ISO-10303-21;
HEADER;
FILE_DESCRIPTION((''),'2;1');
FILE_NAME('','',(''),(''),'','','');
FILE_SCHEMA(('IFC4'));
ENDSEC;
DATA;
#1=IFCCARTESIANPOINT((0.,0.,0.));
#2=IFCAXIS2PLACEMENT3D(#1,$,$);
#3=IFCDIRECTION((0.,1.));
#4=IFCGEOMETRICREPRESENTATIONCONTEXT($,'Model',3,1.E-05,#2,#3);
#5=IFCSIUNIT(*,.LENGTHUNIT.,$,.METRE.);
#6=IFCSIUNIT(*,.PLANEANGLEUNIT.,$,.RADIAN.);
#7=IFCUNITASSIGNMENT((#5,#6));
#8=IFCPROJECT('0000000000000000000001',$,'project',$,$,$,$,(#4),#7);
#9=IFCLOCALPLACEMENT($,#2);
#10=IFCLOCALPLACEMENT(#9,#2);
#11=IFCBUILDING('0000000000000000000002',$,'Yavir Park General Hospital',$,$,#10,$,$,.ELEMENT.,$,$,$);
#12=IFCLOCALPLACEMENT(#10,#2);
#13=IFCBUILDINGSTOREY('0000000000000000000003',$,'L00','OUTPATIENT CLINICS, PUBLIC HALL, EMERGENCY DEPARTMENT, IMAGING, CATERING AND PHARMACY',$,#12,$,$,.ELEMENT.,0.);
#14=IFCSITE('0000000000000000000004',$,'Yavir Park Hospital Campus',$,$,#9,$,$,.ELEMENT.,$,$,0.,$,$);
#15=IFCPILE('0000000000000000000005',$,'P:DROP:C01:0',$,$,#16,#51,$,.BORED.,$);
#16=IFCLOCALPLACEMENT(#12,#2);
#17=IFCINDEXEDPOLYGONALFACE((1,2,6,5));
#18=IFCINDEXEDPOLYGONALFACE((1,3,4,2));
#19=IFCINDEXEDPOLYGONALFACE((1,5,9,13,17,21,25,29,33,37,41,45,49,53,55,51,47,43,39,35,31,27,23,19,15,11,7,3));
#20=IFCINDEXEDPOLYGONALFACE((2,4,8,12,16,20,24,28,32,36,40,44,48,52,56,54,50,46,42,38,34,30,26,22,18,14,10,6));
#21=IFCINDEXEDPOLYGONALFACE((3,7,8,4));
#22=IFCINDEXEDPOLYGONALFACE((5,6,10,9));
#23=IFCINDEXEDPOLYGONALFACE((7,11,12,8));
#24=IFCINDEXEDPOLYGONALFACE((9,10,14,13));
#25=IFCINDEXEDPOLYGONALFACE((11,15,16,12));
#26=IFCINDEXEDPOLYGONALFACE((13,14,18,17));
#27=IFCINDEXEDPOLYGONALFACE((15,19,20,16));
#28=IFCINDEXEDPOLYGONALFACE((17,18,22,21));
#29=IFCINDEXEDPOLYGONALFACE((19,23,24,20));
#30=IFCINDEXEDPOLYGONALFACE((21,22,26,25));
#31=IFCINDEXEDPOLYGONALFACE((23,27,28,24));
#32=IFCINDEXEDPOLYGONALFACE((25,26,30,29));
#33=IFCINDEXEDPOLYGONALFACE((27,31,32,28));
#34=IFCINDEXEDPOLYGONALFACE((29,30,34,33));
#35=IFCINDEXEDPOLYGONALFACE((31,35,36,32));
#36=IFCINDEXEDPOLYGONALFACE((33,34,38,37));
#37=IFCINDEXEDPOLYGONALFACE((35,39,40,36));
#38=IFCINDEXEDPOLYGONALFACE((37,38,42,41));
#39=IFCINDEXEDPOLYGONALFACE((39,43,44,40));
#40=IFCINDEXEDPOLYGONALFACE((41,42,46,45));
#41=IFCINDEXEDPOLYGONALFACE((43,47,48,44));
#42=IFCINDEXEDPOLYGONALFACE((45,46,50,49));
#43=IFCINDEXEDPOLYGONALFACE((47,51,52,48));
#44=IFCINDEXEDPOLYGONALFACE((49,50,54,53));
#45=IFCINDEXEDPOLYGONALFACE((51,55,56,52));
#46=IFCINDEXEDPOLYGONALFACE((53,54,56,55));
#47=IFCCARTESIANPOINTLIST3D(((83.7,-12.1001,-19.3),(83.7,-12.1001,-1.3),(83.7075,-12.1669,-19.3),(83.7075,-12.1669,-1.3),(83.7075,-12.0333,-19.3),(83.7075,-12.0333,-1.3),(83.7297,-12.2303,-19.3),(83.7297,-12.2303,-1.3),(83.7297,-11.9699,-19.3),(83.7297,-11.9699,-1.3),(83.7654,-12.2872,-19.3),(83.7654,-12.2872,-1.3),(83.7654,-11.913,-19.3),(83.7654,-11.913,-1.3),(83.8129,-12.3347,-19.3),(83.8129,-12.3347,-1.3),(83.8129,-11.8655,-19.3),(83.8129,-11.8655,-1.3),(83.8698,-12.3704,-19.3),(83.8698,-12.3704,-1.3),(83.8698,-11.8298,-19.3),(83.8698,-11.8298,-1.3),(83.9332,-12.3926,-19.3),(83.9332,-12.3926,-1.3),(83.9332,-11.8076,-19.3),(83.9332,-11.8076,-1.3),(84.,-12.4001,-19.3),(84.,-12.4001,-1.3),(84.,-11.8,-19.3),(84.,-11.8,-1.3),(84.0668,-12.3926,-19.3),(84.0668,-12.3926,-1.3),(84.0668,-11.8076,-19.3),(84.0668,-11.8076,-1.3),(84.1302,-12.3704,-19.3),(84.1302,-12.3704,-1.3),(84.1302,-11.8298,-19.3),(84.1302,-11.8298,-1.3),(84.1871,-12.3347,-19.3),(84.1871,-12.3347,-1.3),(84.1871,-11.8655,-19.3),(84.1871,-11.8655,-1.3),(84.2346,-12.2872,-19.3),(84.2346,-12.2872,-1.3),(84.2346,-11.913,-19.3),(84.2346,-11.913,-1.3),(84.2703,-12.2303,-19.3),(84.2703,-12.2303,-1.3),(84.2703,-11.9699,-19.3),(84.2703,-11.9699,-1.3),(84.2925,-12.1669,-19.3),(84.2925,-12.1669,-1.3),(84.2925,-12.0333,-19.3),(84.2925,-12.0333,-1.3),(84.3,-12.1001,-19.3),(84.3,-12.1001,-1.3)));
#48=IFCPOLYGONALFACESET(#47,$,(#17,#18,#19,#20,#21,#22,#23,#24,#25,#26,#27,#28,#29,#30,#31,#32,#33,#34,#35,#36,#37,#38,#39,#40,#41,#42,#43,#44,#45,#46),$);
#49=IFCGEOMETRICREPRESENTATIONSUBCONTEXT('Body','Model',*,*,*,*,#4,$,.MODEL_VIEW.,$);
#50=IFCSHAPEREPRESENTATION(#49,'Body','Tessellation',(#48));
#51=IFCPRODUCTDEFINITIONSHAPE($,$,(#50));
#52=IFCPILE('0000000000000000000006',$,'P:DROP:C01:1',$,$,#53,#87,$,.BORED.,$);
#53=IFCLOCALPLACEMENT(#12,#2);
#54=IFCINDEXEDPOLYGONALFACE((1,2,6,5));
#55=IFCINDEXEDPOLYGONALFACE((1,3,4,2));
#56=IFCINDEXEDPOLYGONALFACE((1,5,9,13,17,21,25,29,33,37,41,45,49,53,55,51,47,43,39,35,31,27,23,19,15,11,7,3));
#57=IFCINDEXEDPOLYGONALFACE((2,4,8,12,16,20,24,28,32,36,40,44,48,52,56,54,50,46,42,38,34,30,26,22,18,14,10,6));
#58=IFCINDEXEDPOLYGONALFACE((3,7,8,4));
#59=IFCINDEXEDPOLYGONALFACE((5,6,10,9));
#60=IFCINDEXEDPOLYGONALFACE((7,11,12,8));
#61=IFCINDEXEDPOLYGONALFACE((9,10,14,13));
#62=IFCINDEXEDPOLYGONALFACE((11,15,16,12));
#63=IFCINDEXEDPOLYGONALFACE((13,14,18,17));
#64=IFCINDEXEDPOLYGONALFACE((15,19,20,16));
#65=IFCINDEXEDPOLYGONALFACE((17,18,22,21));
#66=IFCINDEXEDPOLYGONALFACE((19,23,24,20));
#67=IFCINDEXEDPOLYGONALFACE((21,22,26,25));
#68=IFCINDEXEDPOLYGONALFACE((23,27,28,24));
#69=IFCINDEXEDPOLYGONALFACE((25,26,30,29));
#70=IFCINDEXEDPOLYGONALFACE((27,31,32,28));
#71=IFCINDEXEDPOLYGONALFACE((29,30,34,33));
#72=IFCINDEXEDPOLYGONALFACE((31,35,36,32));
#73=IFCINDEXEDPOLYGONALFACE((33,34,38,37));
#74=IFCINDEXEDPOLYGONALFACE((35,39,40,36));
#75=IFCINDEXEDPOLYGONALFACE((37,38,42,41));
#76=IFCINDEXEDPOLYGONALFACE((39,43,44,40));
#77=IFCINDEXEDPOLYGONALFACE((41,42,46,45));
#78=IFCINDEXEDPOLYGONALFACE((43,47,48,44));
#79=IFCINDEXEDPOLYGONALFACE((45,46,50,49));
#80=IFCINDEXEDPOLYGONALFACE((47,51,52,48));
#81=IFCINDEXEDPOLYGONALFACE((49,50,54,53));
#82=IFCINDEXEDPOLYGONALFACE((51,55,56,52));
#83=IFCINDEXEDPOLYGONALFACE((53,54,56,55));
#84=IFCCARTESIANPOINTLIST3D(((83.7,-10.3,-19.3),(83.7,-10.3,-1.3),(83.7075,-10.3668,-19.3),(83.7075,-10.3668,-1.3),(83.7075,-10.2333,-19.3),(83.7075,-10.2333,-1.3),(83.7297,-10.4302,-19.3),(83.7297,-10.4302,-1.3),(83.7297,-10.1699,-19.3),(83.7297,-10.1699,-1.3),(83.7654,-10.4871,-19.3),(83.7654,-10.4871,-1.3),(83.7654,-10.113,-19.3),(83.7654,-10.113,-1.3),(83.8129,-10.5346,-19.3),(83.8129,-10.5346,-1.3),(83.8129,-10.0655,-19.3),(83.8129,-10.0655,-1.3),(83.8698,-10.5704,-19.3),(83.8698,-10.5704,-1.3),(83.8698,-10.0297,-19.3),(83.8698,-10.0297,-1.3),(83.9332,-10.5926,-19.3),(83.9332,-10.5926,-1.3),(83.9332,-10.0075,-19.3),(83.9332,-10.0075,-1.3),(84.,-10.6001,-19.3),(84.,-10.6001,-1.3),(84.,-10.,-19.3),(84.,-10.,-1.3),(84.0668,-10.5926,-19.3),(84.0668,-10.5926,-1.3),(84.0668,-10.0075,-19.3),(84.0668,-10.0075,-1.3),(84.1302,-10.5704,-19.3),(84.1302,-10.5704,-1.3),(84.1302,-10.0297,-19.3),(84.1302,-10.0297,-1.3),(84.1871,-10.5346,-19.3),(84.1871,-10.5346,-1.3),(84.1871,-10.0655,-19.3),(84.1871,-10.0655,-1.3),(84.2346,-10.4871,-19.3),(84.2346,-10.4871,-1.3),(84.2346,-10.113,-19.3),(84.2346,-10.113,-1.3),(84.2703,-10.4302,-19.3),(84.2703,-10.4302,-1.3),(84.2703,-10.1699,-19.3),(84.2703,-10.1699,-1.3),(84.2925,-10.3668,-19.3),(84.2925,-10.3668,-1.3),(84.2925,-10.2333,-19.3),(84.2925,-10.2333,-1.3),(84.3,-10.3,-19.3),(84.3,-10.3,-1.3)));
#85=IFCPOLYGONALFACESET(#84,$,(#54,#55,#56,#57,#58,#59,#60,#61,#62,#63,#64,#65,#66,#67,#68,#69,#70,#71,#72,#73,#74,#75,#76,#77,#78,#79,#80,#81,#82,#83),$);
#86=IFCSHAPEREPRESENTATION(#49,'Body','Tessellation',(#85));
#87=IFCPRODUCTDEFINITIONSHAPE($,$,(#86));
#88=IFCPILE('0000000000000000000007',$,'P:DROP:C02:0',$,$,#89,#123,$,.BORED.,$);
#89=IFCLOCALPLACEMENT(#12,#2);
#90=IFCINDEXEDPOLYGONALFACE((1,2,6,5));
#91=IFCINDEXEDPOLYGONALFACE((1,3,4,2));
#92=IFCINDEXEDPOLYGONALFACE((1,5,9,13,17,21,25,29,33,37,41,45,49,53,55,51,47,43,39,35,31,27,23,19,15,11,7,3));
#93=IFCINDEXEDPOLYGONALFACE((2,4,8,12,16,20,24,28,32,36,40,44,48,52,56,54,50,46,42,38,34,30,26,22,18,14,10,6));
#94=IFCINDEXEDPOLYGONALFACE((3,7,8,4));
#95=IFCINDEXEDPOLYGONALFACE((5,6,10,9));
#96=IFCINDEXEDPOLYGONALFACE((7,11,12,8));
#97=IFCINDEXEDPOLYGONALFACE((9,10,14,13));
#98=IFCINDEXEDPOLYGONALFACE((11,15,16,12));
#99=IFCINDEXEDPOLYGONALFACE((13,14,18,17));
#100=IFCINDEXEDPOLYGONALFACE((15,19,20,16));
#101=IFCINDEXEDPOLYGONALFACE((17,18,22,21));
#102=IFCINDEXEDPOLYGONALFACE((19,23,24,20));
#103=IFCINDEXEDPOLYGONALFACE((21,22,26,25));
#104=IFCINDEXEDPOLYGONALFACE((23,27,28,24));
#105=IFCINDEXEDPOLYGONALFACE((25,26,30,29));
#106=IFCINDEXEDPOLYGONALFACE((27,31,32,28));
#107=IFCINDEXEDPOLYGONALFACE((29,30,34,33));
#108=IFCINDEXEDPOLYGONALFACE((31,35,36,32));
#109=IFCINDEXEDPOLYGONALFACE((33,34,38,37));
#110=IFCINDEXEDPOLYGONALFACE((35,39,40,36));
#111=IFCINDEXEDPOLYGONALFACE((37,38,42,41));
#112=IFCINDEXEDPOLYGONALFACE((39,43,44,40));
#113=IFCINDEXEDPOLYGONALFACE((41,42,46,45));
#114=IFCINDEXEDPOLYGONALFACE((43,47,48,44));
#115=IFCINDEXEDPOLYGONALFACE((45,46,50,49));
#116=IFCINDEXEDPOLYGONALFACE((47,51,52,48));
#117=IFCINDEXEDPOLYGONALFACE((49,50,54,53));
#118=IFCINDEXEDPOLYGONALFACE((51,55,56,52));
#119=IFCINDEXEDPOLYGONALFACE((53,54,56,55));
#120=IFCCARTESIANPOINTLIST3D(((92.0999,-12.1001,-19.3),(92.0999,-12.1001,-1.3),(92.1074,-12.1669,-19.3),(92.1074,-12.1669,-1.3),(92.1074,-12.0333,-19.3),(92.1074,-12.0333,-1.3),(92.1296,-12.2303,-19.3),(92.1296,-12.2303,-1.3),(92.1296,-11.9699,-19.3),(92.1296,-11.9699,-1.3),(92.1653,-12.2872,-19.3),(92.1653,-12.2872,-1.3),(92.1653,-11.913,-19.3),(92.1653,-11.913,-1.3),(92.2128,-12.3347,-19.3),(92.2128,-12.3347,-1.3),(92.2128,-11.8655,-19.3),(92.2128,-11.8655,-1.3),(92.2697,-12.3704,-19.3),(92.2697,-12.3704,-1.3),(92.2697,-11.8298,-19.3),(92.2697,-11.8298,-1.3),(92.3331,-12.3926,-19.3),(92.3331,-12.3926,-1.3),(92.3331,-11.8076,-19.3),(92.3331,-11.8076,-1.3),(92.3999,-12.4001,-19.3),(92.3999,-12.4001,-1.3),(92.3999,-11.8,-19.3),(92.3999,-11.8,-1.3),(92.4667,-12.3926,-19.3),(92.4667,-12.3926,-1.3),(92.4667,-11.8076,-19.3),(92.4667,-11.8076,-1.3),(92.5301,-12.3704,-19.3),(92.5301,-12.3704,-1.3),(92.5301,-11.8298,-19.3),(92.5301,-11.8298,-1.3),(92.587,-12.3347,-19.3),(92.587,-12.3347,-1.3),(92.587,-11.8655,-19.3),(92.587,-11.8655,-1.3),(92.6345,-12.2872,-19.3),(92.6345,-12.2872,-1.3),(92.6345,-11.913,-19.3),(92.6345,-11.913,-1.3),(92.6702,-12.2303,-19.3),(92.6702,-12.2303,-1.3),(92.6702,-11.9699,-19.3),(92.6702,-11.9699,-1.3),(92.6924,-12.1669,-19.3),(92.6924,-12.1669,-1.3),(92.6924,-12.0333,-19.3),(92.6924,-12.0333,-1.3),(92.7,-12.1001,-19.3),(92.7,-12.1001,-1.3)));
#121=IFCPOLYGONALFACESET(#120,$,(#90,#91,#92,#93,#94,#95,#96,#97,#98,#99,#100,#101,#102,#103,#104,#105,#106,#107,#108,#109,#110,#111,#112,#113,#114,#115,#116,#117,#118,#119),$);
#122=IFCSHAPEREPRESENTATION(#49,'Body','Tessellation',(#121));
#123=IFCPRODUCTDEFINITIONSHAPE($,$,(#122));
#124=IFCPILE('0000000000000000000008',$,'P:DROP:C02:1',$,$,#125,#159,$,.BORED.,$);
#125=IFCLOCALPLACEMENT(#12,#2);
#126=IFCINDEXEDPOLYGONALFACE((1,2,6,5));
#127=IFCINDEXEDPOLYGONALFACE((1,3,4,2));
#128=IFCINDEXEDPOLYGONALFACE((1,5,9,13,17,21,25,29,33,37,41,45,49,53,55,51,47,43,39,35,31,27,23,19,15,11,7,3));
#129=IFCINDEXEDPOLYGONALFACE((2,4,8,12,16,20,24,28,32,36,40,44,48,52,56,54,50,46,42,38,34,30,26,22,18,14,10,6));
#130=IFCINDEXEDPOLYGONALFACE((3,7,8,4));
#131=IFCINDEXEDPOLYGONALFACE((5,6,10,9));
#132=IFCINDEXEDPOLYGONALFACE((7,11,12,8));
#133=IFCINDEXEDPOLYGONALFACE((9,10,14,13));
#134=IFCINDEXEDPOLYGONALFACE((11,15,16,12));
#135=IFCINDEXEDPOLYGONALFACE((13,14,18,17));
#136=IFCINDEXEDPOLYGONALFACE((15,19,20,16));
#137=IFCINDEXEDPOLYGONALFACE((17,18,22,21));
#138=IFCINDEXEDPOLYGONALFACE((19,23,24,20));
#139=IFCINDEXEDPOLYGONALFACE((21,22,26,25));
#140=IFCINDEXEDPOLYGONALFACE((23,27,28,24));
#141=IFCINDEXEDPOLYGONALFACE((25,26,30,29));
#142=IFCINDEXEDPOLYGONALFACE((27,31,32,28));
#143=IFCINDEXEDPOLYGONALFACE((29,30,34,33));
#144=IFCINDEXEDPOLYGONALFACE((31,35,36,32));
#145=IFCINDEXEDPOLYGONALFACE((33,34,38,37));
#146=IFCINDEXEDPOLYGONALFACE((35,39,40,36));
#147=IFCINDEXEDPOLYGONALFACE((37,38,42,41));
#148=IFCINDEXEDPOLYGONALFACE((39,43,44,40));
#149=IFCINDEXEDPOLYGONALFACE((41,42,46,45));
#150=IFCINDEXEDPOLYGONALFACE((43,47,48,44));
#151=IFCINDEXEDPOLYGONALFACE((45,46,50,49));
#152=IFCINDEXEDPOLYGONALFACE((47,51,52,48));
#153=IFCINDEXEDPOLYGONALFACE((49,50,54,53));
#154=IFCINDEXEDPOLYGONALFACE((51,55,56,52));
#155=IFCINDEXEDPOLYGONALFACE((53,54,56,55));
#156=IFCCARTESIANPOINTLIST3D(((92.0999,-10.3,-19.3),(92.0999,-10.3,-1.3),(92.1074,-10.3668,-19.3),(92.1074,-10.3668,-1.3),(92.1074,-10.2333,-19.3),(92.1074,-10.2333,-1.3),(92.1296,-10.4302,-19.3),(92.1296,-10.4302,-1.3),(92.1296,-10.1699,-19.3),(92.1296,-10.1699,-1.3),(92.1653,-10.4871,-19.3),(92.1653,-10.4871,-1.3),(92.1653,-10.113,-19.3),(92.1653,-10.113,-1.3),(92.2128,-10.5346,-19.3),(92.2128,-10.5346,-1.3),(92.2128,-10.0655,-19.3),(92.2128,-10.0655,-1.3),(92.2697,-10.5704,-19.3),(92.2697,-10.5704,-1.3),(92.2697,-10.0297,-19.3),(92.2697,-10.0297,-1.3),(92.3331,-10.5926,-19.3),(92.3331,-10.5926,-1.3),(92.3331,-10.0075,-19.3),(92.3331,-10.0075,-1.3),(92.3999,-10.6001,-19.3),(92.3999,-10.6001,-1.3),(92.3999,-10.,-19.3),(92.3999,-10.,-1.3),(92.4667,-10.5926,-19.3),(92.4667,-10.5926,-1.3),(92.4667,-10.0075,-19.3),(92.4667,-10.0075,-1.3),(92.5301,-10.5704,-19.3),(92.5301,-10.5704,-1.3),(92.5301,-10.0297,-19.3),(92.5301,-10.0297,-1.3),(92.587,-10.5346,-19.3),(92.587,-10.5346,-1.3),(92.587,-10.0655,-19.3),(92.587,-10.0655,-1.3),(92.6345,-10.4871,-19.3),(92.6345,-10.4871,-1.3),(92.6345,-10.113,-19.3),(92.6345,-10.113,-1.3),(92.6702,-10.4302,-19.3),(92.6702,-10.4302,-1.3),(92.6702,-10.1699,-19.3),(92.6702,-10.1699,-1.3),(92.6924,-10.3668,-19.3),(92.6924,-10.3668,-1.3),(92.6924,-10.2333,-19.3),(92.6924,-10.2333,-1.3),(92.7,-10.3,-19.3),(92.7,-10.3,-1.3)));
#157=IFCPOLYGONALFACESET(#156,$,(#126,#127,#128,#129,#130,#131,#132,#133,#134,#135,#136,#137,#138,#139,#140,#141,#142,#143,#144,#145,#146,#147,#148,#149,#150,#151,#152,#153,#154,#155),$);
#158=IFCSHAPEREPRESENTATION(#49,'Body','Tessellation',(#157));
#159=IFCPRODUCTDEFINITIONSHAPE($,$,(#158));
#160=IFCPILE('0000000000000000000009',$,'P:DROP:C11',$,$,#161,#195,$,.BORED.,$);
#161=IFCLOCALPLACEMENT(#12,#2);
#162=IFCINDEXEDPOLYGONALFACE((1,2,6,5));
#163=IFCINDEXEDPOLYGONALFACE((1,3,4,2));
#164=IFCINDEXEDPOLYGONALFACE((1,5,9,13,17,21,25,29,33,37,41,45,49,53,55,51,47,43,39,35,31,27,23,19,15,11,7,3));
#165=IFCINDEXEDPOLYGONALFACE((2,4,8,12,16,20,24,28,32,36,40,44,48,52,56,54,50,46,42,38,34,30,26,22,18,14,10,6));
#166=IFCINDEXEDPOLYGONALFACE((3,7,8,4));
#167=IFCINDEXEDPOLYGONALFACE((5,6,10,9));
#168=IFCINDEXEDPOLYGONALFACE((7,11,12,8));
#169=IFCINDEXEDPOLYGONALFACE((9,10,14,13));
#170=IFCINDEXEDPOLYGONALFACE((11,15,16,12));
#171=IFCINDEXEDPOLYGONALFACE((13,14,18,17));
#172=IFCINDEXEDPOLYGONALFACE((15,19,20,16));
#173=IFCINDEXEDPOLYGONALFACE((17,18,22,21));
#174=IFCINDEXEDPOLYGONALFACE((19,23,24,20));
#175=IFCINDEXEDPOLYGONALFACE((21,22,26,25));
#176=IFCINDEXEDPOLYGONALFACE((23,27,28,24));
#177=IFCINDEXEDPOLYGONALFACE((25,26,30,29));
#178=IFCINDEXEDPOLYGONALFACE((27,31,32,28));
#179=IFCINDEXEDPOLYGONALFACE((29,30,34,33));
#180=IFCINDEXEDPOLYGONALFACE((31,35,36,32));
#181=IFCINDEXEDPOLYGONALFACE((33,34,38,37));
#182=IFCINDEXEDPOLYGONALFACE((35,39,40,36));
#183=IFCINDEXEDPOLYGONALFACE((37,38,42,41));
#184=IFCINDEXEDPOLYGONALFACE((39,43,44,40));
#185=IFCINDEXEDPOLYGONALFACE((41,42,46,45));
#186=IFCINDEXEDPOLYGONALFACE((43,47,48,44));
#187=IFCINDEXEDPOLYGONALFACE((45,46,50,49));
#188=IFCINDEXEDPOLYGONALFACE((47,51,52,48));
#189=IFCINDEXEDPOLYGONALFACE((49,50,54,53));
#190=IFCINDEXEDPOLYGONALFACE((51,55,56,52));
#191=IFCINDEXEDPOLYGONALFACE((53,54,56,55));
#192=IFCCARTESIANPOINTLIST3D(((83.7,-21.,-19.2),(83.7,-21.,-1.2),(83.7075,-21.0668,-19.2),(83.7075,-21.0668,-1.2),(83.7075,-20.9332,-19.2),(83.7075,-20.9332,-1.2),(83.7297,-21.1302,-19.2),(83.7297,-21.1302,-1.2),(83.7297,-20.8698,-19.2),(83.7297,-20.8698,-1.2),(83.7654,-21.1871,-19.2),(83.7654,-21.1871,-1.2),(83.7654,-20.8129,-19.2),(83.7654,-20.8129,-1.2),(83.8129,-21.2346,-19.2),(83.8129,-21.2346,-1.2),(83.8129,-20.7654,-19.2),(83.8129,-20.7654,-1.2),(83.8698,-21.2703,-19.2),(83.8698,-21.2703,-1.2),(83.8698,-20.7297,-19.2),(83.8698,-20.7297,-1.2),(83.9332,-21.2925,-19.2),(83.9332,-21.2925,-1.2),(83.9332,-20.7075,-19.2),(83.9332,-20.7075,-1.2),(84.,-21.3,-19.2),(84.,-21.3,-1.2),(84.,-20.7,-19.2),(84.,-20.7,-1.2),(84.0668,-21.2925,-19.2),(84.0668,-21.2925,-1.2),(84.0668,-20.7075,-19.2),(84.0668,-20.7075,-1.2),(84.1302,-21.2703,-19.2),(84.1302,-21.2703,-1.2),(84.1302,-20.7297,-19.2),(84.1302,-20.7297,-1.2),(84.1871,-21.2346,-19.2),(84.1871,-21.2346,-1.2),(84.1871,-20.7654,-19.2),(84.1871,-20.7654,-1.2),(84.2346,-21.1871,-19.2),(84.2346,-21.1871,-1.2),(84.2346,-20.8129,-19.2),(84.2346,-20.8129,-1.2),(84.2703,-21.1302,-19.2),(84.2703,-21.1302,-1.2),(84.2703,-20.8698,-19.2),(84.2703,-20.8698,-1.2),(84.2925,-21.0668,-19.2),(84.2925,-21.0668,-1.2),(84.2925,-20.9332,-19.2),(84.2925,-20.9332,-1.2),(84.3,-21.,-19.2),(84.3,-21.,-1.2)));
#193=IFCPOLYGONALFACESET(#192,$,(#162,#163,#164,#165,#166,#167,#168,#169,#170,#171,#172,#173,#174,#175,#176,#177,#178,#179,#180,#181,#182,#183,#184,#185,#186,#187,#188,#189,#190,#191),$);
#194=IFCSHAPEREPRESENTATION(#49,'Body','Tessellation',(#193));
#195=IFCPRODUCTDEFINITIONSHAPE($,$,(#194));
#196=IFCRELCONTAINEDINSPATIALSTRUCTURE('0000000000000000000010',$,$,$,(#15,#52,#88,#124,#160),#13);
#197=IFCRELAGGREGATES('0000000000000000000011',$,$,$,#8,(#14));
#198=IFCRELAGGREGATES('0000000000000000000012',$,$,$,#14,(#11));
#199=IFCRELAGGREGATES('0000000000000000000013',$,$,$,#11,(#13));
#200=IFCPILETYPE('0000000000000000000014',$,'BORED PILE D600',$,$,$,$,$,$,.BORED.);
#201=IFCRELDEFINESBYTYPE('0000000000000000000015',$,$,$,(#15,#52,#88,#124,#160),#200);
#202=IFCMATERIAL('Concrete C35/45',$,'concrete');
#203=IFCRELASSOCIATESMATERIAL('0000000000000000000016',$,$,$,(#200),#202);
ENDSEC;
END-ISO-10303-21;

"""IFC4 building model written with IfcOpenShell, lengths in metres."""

from ifc_helpers import new_model, si_unit, direction, frame, origin, origin_2d, place, context, subcontext, project, spatial, circle, extrude, material, material_profile, profile_set, type_object, element, save


model = new_model("IFC4")

# Units and contexts
model_context = context("Model", 3, precision=1e-05, world=origin(), true_north=direction((0.0, 1.0)))
body_context = subcontext(model_context, "Body", "Model", "MODEL_VIEW")
ifc_project = project(units=[si_unit("LENGTHUNIT", "METRE"), si_unit("PLANEANGLEUNIT", "RADIAN")], contexts=[model_context])

# Site, building, storey
site_placement = place(None, origin())
site = spatial("IfcSite", under=ifc_project, at=site_placement, Name="Yavir Park Hospital Campus", CompositionType="ELEMENT", RefElevation=0.0)
building_placement = place(site_placement, origin())
building = spatial("IfcBuilding", under=site, at=building_placement, Name="Yavir Park General Hospital", CompositionType="ELEMENT")
storey_placement = place(building_placement, origin())
storey = spatial("IfcBuildingStorey", under=building, at=storey_placement, Name="L00", Description="OUTPATIENT CLINICS, PUBLIC HALL, EMERGENCY DEPARTMENT, IMAGING, CATERING AND PHARMACY", CompositionType="ELEMENT", Elevation=0.0)

# Piles
ifc_material_1 = material(Name="Concrete C35/45", Category="concrete")
ifc_material_profile_1 = material_profile(ifc_material_1, circle(Radius=0.3, at=origin_2d()), Name="D600")
ifc_profile_set_1 = profile_set([ifc_material_profile_1], Name="Concrete C35/45")
pile_type = type_object("IfcPileType", Name="BORED PILE D600", PredefinedType="BORED", material=ifc_profile_set_1)
for number, where, z_axis, x_axis, name in (
    (1, (84.0, -12.1001, -1.3), (0.0, 0.0, -1.0), (1.0, 0.0, 0.0), "P:DROP:C01:0"),
    (2, (84.0, -10.3, -1.3), (0.0, 0.0, -1.0), (1.0, 0.0, 0.0), "P:DROP:C01:1"),
    (3, (92.3999, -12.1001, -1.3), (0.0, 0.0, -1.0), (1.0, 0.0, 0.0), "P:DROP:C02:0"),
    (4, (92.3999, -10.3, -1.3), (0.0, 0.0, -1.0), (1.0, 0.0, 0.0), "P:DROP:C02:1"),
    (5, (84.0, -21.0, -1.2), (0.0, 0.0, -1.0), (1.0, 0.0, 0.0), "P:DROP:C11"),
):
    element("IfcPile", number, at=place(storey_placement, frame(where, z_axis=z_axis, x_axis=x_axis)), inside=storey, type_object=pile_type, Name=name, PredefinedType="BORED", context=body_context, shape_type="SweptSolid", body=[
        extrude(circle(Radius=0.3, at=origin_2d()), origin(), (0.0, 0.0, 1.0), 18.0),
    ])

save(model, "model.ifc")
